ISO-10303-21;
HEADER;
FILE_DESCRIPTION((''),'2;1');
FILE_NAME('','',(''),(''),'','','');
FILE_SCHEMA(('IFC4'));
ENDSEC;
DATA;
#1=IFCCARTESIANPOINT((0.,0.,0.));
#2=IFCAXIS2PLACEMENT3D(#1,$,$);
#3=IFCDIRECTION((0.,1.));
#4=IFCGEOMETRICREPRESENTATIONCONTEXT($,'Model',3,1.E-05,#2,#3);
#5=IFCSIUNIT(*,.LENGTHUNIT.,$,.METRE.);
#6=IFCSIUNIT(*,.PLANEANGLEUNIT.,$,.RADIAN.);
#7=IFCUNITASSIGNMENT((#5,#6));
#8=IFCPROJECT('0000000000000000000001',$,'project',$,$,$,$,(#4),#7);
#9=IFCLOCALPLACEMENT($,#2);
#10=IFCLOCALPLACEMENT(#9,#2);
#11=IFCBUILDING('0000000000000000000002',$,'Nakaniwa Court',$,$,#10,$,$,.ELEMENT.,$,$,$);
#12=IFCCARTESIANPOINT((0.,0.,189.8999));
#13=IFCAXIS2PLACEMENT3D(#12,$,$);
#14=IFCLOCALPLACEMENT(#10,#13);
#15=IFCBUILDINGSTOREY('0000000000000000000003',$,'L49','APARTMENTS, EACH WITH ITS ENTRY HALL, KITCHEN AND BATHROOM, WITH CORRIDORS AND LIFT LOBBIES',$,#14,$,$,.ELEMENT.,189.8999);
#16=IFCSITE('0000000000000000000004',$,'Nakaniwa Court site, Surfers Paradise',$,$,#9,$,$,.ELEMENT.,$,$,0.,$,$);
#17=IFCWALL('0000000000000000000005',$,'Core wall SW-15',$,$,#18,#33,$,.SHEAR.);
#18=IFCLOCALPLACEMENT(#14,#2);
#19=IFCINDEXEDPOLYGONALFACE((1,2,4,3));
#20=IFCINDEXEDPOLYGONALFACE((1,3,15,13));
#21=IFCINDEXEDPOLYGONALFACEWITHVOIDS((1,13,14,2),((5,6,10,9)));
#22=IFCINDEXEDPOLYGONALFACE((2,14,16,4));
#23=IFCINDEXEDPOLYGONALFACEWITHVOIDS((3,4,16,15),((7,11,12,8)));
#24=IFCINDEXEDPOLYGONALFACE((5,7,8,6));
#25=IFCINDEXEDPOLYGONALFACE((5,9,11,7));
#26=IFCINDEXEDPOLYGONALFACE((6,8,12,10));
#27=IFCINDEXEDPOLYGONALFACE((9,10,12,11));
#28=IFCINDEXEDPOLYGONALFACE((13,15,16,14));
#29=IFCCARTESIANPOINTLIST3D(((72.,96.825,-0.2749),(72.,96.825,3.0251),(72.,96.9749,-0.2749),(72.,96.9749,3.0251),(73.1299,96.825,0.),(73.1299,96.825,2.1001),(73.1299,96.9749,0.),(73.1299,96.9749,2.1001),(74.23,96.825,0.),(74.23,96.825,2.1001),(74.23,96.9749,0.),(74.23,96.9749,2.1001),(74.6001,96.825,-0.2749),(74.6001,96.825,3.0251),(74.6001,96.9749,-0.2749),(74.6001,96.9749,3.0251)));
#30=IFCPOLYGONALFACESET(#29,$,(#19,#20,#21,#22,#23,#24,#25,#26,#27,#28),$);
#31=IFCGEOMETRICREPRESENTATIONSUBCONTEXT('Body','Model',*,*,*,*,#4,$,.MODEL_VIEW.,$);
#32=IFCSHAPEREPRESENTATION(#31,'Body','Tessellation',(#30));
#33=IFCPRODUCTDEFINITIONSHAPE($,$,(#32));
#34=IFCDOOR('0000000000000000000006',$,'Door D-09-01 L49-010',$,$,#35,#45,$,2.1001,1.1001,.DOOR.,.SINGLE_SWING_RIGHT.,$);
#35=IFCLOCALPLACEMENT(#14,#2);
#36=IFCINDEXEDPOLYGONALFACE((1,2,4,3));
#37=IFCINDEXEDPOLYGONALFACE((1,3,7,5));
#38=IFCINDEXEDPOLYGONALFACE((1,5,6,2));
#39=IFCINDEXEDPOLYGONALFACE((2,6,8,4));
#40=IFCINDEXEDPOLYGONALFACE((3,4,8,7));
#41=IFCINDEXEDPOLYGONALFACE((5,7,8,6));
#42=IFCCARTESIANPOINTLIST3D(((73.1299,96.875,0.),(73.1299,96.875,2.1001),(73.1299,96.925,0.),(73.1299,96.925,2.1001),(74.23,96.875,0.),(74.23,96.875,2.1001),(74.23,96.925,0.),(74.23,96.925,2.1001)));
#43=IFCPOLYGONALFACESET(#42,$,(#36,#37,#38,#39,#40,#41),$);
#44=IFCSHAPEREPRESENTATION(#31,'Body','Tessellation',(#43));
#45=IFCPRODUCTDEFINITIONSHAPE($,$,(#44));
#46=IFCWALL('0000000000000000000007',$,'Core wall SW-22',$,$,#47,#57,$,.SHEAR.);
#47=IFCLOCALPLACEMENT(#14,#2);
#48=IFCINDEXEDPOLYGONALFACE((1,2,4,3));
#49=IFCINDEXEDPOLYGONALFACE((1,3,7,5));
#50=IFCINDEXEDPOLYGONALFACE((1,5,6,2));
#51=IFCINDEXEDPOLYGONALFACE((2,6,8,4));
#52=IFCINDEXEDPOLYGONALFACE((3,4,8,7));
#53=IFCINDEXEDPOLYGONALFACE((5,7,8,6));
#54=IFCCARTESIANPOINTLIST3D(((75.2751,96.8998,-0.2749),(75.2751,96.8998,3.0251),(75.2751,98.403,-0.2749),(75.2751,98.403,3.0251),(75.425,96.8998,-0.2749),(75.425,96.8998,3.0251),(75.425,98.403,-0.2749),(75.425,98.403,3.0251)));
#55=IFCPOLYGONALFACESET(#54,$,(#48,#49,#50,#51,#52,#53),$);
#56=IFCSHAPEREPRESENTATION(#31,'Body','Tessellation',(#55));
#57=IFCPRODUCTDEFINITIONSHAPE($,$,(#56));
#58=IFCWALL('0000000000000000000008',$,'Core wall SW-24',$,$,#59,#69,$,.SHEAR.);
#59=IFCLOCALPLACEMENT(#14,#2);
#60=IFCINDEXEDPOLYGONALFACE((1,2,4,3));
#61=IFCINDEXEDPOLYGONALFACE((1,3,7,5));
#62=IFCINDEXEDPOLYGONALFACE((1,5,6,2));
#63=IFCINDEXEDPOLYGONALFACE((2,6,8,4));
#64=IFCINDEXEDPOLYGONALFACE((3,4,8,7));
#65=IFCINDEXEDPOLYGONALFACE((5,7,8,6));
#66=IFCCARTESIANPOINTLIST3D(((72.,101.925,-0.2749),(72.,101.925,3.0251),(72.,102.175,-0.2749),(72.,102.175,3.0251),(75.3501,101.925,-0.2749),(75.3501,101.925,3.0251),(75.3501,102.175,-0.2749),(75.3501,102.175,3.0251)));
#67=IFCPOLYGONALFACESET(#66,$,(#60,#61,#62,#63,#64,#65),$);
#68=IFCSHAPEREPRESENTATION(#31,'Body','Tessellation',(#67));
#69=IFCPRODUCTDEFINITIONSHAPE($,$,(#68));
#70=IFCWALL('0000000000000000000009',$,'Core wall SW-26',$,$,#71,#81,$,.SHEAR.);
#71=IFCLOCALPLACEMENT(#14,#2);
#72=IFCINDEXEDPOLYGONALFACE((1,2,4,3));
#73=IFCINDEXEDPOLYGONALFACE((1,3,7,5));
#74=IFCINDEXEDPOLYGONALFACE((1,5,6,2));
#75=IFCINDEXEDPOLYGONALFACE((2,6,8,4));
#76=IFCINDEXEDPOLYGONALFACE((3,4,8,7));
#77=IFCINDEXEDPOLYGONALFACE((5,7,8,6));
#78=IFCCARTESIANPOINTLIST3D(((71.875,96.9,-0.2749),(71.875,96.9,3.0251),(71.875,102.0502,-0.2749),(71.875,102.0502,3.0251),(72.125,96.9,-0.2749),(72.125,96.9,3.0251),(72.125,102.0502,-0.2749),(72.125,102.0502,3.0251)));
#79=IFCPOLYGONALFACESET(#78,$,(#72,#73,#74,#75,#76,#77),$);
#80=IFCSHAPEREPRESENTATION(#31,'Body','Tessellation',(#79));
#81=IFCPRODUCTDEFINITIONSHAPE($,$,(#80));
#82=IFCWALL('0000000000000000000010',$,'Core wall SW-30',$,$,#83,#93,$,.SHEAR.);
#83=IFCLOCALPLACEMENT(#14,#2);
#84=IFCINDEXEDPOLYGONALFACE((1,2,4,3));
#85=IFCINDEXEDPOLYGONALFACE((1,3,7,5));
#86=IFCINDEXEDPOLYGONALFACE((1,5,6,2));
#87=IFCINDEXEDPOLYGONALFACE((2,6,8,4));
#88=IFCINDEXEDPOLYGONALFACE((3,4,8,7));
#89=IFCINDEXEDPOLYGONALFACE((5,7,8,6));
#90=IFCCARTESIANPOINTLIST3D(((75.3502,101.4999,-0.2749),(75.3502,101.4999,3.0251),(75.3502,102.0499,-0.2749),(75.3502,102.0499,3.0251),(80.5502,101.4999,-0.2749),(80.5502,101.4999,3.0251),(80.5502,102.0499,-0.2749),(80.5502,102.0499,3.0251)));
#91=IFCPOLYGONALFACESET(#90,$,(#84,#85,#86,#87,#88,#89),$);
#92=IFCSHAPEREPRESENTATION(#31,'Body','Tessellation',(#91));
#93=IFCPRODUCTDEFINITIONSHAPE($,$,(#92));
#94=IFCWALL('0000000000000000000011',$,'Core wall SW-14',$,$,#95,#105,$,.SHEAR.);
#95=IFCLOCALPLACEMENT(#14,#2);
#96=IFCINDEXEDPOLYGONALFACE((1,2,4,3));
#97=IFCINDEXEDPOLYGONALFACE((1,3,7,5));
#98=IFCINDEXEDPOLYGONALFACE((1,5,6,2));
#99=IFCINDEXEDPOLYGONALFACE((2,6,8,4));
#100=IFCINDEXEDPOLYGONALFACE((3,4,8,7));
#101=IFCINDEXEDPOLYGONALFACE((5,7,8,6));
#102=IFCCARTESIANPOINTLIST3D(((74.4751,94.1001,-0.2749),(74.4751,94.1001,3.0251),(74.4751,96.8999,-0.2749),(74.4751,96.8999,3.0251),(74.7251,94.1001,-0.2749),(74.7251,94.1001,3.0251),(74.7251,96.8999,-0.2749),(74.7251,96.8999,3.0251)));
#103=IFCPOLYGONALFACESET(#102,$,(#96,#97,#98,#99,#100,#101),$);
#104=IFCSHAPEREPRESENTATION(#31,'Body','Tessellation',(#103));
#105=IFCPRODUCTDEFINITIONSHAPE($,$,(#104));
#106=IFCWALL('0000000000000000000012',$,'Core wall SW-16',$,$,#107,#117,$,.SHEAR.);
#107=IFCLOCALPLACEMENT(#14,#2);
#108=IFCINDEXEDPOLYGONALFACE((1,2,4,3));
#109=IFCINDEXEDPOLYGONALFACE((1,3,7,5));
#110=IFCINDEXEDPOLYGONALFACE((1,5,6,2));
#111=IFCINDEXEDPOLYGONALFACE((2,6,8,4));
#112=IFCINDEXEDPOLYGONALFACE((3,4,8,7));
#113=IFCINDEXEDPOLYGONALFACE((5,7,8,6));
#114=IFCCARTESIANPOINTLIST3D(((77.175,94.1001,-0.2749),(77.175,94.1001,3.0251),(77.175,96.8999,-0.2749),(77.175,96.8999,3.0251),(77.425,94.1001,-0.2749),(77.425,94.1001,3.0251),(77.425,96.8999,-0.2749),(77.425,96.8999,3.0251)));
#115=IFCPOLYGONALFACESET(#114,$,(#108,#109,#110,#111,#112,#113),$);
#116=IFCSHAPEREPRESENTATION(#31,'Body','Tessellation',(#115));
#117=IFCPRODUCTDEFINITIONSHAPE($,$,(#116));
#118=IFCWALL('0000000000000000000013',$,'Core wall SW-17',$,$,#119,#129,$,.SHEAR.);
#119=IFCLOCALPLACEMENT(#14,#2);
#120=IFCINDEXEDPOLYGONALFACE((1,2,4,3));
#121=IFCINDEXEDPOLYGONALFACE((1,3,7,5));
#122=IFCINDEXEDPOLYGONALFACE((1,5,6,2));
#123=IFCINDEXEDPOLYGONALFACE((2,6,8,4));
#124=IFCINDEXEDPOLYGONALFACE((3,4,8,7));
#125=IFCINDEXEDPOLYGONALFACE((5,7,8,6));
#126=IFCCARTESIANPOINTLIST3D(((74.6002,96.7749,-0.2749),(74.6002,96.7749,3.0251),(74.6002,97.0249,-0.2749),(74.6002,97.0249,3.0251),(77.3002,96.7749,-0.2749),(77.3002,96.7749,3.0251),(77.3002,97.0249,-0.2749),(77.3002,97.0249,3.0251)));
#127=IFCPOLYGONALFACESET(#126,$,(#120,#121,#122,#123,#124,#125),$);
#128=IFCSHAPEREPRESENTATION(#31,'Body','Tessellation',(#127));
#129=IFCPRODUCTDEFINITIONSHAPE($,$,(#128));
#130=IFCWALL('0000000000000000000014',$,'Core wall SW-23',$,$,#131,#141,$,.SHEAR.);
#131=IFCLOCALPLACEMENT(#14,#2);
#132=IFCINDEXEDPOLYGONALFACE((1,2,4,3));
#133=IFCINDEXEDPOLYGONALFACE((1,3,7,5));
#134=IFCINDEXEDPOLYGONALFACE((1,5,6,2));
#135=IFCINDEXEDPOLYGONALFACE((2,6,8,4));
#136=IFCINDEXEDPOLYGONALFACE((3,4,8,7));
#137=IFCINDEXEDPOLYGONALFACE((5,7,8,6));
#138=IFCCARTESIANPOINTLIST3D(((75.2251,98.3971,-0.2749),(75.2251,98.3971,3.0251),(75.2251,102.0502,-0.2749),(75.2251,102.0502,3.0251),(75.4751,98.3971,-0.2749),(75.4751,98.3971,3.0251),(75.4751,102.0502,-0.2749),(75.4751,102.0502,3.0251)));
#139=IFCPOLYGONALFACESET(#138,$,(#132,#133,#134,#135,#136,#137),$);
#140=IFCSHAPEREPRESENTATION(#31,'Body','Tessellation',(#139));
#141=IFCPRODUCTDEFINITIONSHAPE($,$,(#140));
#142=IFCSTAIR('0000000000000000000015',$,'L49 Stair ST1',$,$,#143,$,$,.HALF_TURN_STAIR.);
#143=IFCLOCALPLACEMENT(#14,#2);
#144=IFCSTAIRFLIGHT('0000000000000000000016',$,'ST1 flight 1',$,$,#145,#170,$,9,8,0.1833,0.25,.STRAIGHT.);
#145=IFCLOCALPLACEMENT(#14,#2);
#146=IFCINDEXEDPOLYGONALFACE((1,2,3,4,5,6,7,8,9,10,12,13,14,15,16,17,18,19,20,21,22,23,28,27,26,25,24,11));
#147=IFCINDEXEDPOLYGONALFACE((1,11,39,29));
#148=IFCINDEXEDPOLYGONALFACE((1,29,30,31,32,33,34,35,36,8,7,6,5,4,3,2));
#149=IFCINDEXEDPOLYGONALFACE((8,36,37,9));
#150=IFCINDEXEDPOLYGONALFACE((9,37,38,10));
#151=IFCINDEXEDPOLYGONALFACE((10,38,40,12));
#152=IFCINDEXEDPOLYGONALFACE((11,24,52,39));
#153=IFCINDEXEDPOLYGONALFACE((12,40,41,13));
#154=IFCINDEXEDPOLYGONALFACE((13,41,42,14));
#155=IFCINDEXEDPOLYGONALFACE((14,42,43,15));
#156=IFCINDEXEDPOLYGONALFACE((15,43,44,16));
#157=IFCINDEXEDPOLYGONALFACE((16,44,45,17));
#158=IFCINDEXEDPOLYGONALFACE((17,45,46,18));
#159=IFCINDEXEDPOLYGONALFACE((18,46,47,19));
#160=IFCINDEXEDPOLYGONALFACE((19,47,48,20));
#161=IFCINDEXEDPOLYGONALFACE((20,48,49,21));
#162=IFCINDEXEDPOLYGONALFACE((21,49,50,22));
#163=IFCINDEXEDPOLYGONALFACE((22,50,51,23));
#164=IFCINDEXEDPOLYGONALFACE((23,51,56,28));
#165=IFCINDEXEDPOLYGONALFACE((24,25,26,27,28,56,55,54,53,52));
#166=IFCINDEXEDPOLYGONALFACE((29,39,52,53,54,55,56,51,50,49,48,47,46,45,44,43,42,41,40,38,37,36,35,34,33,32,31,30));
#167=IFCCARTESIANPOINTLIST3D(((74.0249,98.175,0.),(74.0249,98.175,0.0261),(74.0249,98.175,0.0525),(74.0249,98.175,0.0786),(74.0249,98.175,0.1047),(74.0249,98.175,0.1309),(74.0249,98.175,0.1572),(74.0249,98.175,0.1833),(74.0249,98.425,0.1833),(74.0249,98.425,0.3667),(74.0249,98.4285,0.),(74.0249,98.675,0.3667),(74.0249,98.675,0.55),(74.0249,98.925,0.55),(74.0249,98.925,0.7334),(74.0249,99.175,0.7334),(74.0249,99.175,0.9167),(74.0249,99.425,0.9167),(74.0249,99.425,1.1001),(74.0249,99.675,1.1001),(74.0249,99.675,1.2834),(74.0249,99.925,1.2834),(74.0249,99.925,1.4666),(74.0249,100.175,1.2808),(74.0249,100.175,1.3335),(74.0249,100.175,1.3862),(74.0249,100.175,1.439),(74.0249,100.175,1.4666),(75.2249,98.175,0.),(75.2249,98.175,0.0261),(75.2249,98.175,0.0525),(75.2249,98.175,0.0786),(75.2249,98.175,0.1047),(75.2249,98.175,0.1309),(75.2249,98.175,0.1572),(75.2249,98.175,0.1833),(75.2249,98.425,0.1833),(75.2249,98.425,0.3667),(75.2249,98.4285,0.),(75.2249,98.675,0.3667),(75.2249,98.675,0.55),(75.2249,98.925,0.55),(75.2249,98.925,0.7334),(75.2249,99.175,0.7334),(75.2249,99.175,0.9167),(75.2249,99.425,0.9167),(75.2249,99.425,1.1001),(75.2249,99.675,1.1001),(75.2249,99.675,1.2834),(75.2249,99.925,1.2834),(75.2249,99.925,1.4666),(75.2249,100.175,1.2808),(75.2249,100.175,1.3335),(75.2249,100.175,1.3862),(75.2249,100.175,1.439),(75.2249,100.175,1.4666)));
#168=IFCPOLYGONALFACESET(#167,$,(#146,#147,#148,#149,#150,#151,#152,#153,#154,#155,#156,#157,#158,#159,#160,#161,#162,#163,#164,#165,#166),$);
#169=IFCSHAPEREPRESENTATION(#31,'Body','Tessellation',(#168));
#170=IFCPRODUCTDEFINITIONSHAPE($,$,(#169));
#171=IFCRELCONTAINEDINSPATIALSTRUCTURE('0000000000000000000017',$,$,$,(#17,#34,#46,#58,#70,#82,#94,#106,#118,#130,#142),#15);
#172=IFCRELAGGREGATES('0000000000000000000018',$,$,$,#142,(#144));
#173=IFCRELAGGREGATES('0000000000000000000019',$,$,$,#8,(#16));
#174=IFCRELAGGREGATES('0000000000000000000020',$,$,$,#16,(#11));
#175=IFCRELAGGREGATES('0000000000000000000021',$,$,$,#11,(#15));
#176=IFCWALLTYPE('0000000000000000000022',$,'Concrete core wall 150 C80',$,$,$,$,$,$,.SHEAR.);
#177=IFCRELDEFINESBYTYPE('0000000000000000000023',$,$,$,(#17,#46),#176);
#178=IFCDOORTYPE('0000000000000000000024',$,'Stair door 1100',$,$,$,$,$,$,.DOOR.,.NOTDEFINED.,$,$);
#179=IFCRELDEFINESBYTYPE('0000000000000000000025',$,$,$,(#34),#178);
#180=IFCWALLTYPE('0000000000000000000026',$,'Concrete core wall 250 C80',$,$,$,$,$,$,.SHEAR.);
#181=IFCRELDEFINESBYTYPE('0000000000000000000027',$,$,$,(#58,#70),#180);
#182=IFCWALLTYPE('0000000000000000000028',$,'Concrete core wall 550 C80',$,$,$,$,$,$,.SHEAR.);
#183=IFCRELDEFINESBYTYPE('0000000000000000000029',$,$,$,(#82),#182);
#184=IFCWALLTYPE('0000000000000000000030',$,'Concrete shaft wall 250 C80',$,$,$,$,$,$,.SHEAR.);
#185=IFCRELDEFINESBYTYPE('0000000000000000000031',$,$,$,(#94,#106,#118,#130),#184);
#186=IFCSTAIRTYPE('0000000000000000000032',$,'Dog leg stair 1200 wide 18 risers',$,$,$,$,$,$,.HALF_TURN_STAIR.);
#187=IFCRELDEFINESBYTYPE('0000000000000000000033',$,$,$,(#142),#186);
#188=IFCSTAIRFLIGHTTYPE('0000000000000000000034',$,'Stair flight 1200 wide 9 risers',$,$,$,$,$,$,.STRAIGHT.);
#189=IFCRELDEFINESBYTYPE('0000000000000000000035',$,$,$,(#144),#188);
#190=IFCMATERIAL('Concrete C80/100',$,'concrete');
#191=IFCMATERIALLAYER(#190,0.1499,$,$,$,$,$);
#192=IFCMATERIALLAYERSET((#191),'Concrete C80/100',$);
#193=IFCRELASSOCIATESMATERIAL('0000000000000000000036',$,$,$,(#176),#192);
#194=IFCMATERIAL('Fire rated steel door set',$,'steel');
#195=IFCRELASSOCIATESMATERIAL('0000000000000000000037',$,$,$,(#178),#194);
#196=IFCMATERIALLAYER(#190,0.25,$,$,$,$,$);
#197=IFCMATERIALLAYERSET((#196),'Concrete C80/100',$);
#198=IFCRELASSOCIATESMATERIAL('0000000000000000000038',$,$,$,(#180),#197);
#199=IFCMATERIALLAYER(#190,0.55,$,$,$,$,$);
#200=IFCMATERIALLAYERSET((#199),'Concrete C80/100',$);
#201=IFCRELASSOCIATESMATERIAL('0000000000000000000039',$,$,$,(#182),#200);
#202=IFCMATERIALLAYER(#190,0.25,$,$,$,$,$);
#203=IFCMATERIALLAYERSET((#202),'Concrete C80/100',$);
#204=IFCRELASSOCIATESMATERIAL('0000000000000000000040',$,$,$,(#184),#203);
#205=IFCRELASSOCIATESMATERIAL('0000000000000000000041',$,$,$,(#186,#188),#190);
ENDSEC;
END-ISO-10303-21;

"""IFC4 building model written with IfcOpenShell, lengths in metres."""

from ifc_helpers import new_model, si_unit, direction, frame, frame_2d, origin, place, context, subcontext, project, spatial, polyline, rectangle, outline, extrude, material, layer, layer_set, type_object, element, fill, aggregate, save


model = new_model("IFC4")

# Units and contexts
model_context = context("Model", 3, precision=1e-05, world=origin(), true_north=direction((0.0, 1.0)))
body_context = subcontext(model_context, "Body", "Model", "MODEL_VIEW")
ifc_project = project(units=[si_unit("LENGTHUNIT", "METRE"), si_unit("PLANEANGLEUNIT", "RADIAN")], contexts=[model_context])

# Site, building, storey
site_placement = place(None, origin())
site = spatial("IfcSite", under=ifc_project, at=site_placement, Name="Nakaniwa Court site, Surfers Paradise", CompositionType="ELEMENT", RefElevation=0.0)
building_placement = place(site_placement, origin())
building = spatial("IfcBuilding", under=site, at=building_placement, Name="Nakaniwa Court", CompositionType="ELEMENT")
storey_placement = place(building_placement, frame((0.0, 0.0, 189.8999)))
storey = spatial("IfcBuildingStorey", under=building, at=storey_placement, Name="L49", Description="APARTMENTS, EACH WITH ITS ENTRY HALL, KITCHEN AND BATHROOM, WITH CORRIDORS AND LIFT LOBBIES", CompositionType="ELEMENT", Elevation=189.8999)

# Shared definitions
ifc_material_1 = material(Name="Fire rated steel door set", Category="steel")

# Wall, opening, door
ifc_material_2 = material(Name="Concrete C80/100", Category="concrete")
ifc_layer_1 = layer(ifc_material_2, 0.1499)
ifc_layer_set_1 = layer_set([ifc_layer_1], Name="Concrete C80/100")
wall_type_1 = type_object("IfcWallType", Name="Concrete core wall 150 C80", PredefinedType="SHEAR", material=ifc_layer_set_1)
wall_1_placement = place(storey_placement, frame((74.6001, 96.8999, -0.2749), z_axis=(0.0, 0.0, 1.0), x_axis=(-1.0, 0.0, 0.0)))
wall_1 = element("IfcWall", 1, at=wall_1_placement, inside=storey, type_object=wall_type_1, Name="Core wall SW-15", PredefinedType="SHEAR", context=body_context, shape_type="SweptSolid", body=[
    extrude(rectangle(XDim=2.6001, YDim=0.1499, at=frame_2d((1.3, 0.0))), origin(), (0.0, 0.0, 1.0), 3.3),
])
opening_1_placement = place(wall_1_placement, frame((0.3701, 0.0, 0.2749)))
opening_1 = element("IfcOpeningElement", 2, at=opening_1_placement, cuts=wall_1, PredefinedType="OPENING", context=body_context, shape_type="SweptSolid", body=[
    extrude(rectangle(XDim=1.1001, YDim=2.1001, at=frame_2d((0.55, 1.05))), frame((0.0, 0.085, 0.0), z_axis=(0.0, -1.0, 0.0), x_axis=(1.0, 0.0, 0.0)), (0.0, 0.0, 1.0), 0.1699),
])
door_type_1 = type_object("IfcDoorType", Name="Stair door 1100", OperationType="NOTDEFINED", PredefinedType="DOOR", material=ifc_material_1)
door_1_placement = place(opening_1_placement, origin())
door_1 = element("IfcDoor", 3, at=door_1_placement, inside=storey, type_object=door_type_1, Name="Door D-09-01 L49-010", OperationType="SINGLE_SWING_RIGHT", OverallHeight=2.1001, OverallWidth=1.1001, PredefinedType="DOOR", context=body_context, shape_type="SweptSolid", body=[
    extrude(rectangle(XDim=1.1001, YDim=2.1001, at=frame_2d((0.55, 1.05))), frame((0.0, 0.0249, 0.0), z_axis=(0.0, -1.0, 0.0), x_axis=(1.0, 0.0, 0.0)), (0.0, 0.0, 1.0), 0.05),
])
fill(opening_1, door_1)

# Walls
wall_2_placement = place(storey_placement, frame((75.3501, 96.8999, -0.2749), z_axis=(0.0, 0.0, 1.0), x_axis=(0.0, 1.0, 0.0)))
element("IfcWall", 4, at=wall_2_placement, inside=storey, type_object=wall_type_1, Name="Core wall SW-22", PredefinedType="SHEAR", context=body_context, shape_type="SweptSolid", body=[
    extrude(rectangle(XDim=1.5032, YDim=0.1499, at=frame_2d((0.7515, 0.0))), origin(), (0.0, 0.0, 1.0), 3.3),
])
ifc_layer_2 = layer(ifc_material_2, 0.25)
ifc_layer_set_2 = layer_set([ifc_layer_2], Name="Concrete C80/100")
wall_type_2 = type_object("IfcWallType", Name="Concrete core wall 250 C80", PredefinedType="SHEAR", material=ifc_layer_set_2)
wall_3_placement = place(storey_placement, frame((72.0, 102.05, -0.2749), z_axis=(0.0, 0.0, 1.0), x_axis=(1.0, 0.0, 0.0)))
element("IfcWall", 5, at=wall_3_placement, inside=storey, type_object=wall_type_2, Name="Core wall SW-24", PredefinedType="SHEAR", context=body_context, shape_type="SweptSolid", body=[
    extrude(rectangle(XDim=3.3501, YDim=0.25, at=frame_2d((1.675, 0.0))), origin(), (0.0, 0.0, 1.0), 3.3),
])
wall_4_placement = place(storey_placement, frame((72.0, 96.8999, -0.2749), z_axis=(0.0, 0.0, 1.0), x_axis=(0.0, 1.0, 0.0)))
element("IfcWall", 6, at=wall_4_placement, inside=storey, type_object=wall_type_2, Name="Core wall SW-26", PredefinedType="SHEAR", context=body_context, shape_type="SweptSolid", body=[
    extrude(rectangle(XDim=5.1501, YDim=0.25, at=frame_2d((2.5752, 0.0))), origin(), (0.0, 0.0, 1.0), 3.3),
])
ifc_layer_3 = layer(ifc_material_2, 0.55)
ifc_layer_set_3 = layer_set([ifc_layer_3], Name="Concrete C80/100")
wall_type_3 = type_object("IfcWallType", Name="Concrete core wall 550 C80", PredefinedType="SHEAR", material=ifc_layer_set_3)
wall_5_placement = place(storey_placement, frame((75.3501, 101.7749, -0.2749), z_axis=(0.0, 0.0, 1.0), x_axis=(1.0, 0.0, 0.0)))
element("IfcWall", 7, at=wall_5_placement, inside=storey, type_object=wall_type_3, Name="Core wall SW-30", PredefinedType="SHEAR", context=body_context, shape_type="SweptSolid", body=[
    extrude(rectangle(XDim=5.2, YDim=0.55, at=frame_2d((2.6001, 0.0))), origin(), (0.0, 0.0, 1.0), 3.3),
])
ifc_layer_4 = layer(ifc_material_2, 0.25)
ifc_layer_set_4 = layer_set([ifc_layer_4], Name="Concrete C80/100")
wall_type_4 = type_object("IfcWallType", Name="Concrete shaft wall 250 C80", PredefinedType="SHEAR", material=ifc_layer_set_4)
for number, where, z_axis, x_axis, name in (
    (8, (74.6001, 94.1001, -0.2749), (0.0, 0.0, 1.0), (0.0, 1.0, 0.0), "Core wall SW-14"),
    (9, (77.3, 94.1001, -0.2749), (0.0, 0.0, 1.0), (0.0, 1.0, 0.0), "Core wall SW-16"),
):
    element("IfcWall", number, at=place(storey_placement, frame(where, z_axis=z_axis, x_axis=x_axis)), inside=storey, type_object=wall_type_4, Name=name, PredefinedType="SHEAR", context=body_context, shape_type="SweptSolid", body=[
        extrude(rectangle(XDim=2.7998, YDim=0.25, at=frame_2d((1.3999, 0.0))), origin(), (0.0, 0.0, 1.0), 3.3),
    ])
wall_6_placement = place(storey_placement, frame((74.6001, 96.8999, -0.2749), z_axis=(0.0, 0.0, 1.0), x_axis=(1.0, 0.0, 0.0)))
element("IfcWall", 10, at=wall_6_placement, inside=storey, type_object=wall_type_4, Name="Core wall SW-17", PredefinedType="SHEAR", context=body_context, shape_type="SweptSolid", body=[
    extrude(rectangle(XDim=2.7, YDim=0.25, at=frame_2d((1.3501, 0.0))), origin(), (0.0, 0.0, 1.0), 3.3),
])
wall_7_placement = place(storey_placement, frame((75.3501, 98.397, -0.2749), z_axis=(0.0, 0.0, 1.0), x_axis=(0.0, 1.0, 0.0)))
element("IfcWall", 11, at=wall_7_placement, inside=storey, type_object=wall_type_4, Name="Core wall SW-23", PredefinedType="SHEAR", context=body_context, shape_type="SweptSolid", body=[
    extrude(rectangle(XDim=3.6531, YDim=0.25, at=frame_2d((1.8267, 0.0))), origin(), (0.0, 0.0, 1.0), 3.3),
])

# Stair, stair flight
stair_type = type_object("IfcStairType", Name="Dog leg stair 1200 wide 18 risers", PredefinedType="HALF_TURN_STAIR", material=ifc_material_2)
stair_placement = place(storey_placement, origin())
stair = element("IfcStair", 12, at=stair_placement, inside=storey, type_object=stair_type, Name="L49 Stair ST1", PredefinedType="HALF_TURN_STAIR")
stair_flight_type = type_object("IfcStairFlightType", Name="Stair flight 1200 wide 9 risers", PredefinedType="STRAIGHT", material=ifc_material_2)
stair_flight_1_placement = place(storey_placement, frame((74.625, 98.175, 0.0), z_axis=(0.0, 0.0, 1.0), x_axis=(0.0, 1.0, 0.0)))
stair_flight_1 = element("IfcStairFlight", 13, at=stair_flight_1_placement, type_object=stair_flight_type, Name="ST1 flight 1", NumberOfRisers=9, NumberOfTreads=8, PredefinedType="STRAIGHT", RiserHeight=0.1833, TreadLength=0.25, context=body_context, shape_type="SweptSolid", body=[
    extrude(outline(polyline([(0.0, 0.0), (0.0, 0.0261), (0.0, 0.0525), (0.0, 0.0786), (0.0, 0.1047), (0.0, 0.1309), (0.0, 0.1572), (0.0, 0.1833), (0.25, 0.1833), (0.25, 0.3667), (0.5, 0.3667), (0.5, 0.55), (0.75, 0.55), (0.75, 0.7334), (1.0, 0.7334), (1.0, 0.9167), (1.25, 0.9167), (1.25, 1.1001), (1.5, 1.1001), (1.5, 1.2834), (1.75, 1.2834), (1.75, 1.4666), (2.0, 1.4666), (2.0, 1.6499), (2.0, 1.5972), (2.0, 1.5444), (2.0, 1.4917), (2.0, 1.439), (2.0, 1.3862), (2.0, 1.3335), (2.0, 1.2808), (0.2534, 0.0), (0.0, 0.0)])), frame((0.0, 0.6001, 0.0), z_axis=(0.0, -1.0, 0.0), x_axis=(1.0, 0.0, 0.0)), (0.0, 0.0, 1.0), 1.2),
])
aggregate(stair, [stair_flight_1])

save(model, "model.ifc")
